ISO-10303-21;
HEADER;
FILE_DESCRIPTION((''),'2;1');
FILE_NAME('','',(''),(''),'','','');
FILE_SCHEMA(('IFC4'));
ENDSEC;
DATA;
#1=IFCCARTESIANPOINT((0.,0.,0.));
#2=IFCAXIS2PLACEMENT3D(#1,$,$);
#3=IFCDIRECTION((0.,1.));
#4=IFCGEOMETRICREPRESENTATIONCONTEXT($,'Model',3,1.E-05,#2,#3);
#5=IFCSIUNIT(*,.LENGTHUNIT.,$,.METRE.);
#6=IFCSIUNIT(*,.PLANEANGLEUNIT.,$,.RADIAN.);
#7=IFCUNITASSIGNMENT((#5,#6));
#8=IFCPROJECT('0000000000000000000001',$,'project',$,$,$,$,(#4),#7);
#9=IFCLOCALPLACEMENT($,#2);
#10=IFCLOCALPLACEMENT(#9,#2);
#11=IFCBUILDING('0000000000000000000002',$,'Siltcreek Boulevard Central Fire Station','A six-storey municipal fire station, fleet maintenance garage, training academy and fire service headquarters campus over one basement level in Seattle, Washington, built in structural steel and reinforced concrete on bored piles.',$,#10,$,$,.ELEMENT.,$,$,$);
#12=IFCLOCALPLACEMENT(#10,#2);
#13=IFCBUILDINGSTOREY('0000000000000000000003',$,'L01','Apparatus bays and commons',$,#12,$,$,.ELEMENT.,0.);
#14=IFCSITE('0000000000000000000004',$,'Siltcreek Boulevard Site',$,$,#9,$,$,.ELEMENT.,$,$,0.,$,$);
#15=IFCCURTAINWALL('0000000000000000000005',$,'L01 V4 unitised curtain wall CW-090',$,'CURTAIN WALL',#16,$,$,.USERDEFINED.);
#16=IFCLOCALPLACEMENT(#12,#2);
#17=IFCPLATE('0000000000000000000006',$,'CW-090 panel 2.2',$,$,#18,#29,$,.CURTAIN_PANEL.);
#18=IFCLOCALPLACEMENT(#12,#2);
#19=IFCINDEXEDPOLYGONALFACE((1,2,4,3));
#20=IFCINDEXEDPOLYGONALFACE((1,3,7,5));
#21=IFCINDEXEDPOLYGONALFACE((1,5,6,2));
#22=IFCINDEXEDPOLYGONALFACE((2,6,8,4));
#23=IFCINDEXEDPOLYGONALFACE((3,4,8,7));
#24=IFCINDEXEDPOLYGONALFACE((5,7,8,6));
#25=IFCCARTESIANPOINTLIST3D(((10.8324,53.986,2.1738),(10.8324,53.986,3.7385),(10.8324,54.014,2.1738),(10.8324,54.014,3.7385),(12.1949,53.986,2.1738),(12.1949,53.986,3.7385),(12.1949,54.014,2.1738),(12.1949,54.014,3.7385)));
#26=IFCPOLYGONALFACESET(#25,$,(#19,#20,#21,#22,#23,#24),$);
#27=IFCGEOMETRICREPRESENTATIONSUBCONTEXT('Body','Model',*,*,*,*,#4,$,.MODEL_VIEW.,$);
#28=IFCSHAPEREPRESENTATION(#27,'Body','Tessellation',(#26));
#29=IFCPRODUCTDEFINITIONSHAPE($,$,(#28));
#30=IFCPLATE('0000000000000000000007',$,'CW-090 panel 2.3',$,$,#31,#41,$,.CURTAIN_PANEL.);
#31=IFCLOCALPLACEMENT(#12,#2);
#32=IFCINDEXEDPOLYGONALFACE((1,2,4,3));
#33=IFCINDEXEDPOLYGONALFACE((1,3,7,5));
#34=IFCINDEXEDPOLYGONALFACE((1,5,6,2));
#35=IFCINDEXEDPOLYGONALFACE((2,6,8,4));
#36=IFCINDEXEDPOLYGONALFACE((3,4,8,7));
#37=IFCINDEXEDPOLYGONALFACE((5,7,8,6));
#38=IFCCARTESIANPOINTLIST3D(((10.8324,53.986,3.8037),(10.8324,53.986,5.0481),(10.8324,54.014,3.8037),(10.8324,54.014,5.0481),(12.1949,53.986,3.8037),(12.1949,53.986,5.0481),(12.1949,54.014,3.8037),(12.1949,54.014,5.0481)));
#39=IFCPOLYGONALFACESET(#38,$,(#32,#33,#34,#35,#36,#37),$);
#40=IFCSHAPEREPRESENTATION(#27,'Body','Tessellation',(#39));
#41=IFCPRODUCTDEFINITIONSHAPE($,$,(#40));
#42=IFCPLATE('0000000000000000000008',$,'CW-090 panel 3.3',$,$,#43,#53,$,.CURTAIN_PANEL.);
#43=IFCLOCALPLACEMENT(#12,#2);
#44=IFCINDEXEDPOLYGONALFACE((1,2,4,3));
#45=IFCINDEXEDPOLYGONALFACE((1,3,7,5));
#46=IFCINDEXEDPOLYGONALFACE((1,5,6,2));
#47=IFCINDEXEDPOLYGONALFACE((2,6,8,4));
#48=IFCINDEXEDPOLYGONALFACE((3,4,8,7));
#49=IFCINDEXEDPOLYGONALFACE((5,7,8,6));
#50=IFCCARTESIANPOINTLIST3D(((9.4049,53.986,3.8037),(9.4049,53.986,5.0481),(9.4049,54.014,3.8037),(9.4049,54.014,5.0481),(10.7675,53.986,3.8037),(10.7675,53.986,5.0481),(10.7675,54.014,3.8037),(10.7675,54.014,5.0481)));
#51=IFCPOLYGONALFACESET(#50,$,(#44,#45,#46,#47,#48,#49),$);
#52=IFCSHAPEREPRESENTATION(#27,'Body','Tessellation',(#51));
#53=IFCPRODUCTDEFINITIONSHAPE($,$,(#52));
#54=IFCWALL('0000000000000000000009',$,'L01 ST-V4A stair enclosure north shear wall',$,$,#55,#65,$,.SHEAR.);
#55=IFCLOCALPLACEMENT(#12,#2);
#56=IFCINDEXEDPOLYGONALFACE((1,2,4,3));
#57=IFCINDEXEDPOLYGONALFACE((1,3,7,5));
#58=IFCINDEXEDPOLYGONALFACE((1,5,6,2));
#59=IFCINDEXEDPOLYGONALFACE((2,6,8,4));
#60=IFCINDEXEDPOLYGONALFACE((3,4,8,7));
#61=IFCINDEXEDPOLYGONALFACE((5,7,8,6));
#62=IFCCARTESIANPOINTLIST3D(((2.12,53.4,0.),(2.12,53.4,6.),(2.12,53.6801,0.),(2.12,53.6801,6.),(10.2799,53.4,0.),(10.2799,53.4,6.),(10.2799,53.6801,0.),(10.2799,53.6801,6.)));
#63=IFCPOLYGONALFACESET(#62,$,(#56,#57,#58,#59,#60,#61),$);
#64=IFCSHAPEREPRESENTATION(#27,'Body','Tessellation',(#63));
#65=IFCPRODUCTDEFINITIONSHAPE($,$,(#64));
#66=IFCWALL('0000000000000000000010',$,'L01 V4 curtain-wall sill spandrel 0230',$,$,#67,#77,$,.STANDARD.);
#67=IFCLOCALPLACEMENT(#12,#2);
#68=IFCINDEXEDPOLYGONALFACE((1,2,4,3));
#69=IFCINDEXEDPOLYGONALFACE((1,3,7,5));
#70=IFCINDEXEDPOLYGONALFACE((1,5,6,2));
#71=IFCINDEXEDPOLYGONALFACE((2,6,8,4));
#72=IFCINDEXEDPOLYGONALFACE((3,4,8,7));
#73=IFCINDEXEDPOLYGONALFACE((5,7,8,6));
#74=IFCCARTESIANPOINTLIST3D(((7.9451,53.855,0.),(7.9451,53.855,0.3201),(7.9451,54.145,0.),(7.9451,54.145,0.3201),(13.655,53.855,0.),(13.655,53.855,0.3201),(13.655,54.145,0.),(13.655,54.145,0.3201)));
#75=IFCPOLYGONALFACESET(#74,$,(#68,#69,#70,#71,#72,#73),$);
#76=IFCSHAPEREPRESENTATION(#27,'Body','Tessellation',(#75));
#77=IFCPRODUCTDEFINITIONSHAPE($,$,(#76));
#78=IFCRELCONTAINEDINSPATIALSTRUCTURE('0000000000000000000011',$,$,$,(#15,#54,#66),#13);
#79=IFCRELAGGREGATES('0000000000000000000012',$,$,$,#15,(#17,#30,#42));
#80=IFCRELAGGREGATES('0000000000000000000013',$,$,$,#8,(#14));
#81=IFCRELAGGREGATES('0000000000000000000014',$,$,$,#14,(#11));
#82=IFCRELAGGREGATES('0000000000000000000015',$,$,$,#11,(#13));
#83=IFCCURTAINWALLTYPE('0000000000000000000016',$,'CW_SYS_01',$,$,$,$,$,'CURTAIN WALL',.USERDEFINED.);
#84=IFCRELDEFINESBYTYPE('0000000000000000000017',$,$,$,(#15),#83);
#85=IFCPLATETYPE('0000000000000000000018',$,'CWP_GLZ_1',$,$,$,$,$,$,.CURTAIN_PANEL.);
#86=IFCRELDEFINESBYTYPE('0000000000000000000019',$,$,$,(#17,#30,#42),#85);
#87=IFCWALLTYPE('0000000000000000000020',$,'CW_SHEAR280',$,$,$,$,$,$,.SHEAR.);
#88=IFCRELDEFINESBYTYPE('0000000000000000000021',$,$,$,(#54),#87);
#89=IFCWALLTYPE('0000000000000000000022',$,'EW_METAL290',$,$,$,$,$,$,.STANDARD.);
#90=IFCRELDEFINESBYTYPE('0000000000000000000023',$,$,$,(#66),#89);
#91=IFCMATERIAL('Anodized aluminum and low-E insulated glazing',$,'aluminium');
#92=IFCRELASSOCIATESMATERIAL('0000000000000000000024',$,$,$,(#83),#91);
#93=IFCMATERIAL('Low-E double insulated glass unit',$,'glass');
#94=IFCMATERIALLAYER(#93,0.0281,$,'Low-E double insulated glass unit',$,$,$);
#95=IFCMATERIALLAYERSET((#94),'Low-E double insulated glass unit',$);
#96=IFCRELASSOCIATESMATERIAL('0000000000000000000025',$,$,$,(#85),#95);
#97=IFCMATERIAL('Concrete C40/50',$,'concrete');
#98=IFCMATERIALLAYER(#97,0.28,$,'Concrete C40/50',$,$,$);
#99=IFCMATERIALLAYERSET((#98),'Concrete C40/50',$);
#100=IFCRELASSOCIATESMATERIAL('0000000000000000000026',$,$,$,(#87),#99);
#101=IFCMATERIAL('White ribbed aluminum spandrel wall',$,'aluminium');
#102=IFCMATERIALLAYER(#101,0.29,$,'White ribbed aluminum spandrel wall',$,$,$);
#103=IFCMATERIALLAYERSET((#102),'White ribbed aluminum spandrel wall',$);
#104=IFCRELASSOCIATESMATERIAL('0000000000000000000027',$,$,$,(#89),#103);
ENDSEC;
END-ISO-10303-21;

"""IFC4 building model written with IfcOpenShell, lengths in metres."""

from ifc_helpers import new_model, si_unit, direction, frame, frame_2d, origin, origin_2d, place, context, subcontext, project, spatial, rectangle, extrude, material, layer, layer_set, type_object, element, aggregate, save


model = new_model("IFC4")

# Units and contexts
model_context = context("Model", 3, precision=1e-05, world=origin(), true_north=direction((0.0, 1.0)))
body_context = subcontext(model_context, "Body", "Model", "MODEL_VIEW")
ifc_project = project(units=[si_unit("LENGTHUNIT", "METRE"), si_unit("PLANEANGLEUNIT", "RADIAN")], contexts=[model_context])

# Site, building, storey
site_placement = place(None, origin())
site = spatial("IfcSite", under=ifc_project, at=site_placement, Name="Siltcreek Boulevard Site", CompositionType="ELEMENT", RefElevation=0.0)
building_placement = place(site_placement, origin())
building = spatial("IfcBuilding", under=site, at=building_placement, Name="Siltcreek Boulevard Central Fire Station", Description="A six-storey municipal fire station, fleet maintenance garage, training academy and fire service headquarters campus over one basement level in Seattle, Washington, built in structural steel and reinforced concrete on bored piles.", CompositionType="ELEMENT")
storey_placement = place(building_placement, origin())
storey = spatial("IfcBuildingStorey", under=building, at=storey_placement, Name="L01", Description="Apparatus bays and commons", CompositionType="ELEMENT", Elevation=0.0)

# Shared definitions
ifc_material_1 = material(Name="Anodized aluminum and low-E insulated glazing", Category="aluminium")

# Curtain wall, plates
curtain_wall_type_1 = type_object("IfcCurtainWallType", Name="CW_SYS_01", ElementType="CURTAIN WALL", PredefinedType="USERDEFINED", material=ifc_material_1)
curtain_wall_1_placement = place(storey_placement, origin())
curtain_wall_1 = element("IfcCurtainWall", 1, at=curtain_wall_1_placement, inside=storey, type_object=curtain_wall_type_1, Name="L01 V4 unitised curtain wall CW-090", ObjectType="CURTAIN WALL", PredefinedType="USERDEFINED")
ifc_material_2 = material(Name="Low-E double insulated glass unit", Category="glass")
ifc_layer_1 = layer(ifc_material_2, 0.0281, Name="Low-E double insulated glass unit")
ifc_layer_set_1 = layer_set([ifc_layer_1], Name="Low-E double insulated glass unit")
plate_type = type_object("IfcPlateType", Name="CWP_GLZ_1", PredefinedType="CURTAIN_PANEL", material=ifc_layer_set_1)
plate_1_placement = place(storey_placement, frame((11.5137, 54.0, 2.1738), z_axis=(0.0, 0.0, 1.0), x_axis=(-1.0, 0.0, 0.0)))
plate_1 = element("IfcPlate", 2, at=plate_1_placement, type_object=plate_type, Name="CW-090 panel 2.2", PredefinedType="CURTAIN_PANEL", context=body_context, shape_type="SweptSolid", body=[
    extrude(rectangle(XDim=1.3625, YDim=0.0281, at=origin_2d()), origin(), (0.0, 0.0, 1.0), 1.5647),
])
plate_2_placement = place(storey_placement, frame((11.5137, 54.0, 3.8037), z_axis=(0.0, 0.0, 1.0), x_axis=(-1.0, 0.0, 0.0)))
plate_2 = element("IfcPlate", 3, at=plate_2_placement, type_object=plate_type, Name="CW-090 panel 2.3", PredefinedType="CURTAIN_PANEL", context=body_context, shape_type="SweptSolid", body=[
    extrude(rectangle(XDim=1.3625, YDim=0.0281, at=origin_2d()), origin(), (0.0, 0.0, 1.0), 1.2444),
])
plate_3_placement = place(storey_placement, frame((10.0862, 54.0, 3.8037), z_axis=(0.0, 0.0, 1.0), x_axis=(-1.0, 0.0, 0.0)))
plate_3 = element("IfcPlate", 4, at=plate_3_placement, type_object=plate_type, Name="CW-090 panel 3.3", PredefinedType="CURTAIN_PANEL", context=body_context, shape_type="SweptSolid", body=[
    extrude(rectangle(XDim=1.3625, YDim=0.0281, at=origin_2d()), origin(), (0.0, 0.0, 1.0), 1.2444),
])
aggregate(curtain_wall_1, [plate_1, plate_2, plate_3])

# Walls
ifc_material_3 = material(Name="Concrete C40/50", Category="concrete")
ifc_layer_2 = layer(ifc_material_3, 0.28, Name="Concrete C40/50")
ifc_layer_set_2 = layer_set([ifc_layer_2], Name="Concrete C40/50")
wall_type_1 = type_object("IfcWallType", Name="CW_SHEAR280", PredefinedType="SHEAR", material=ifc_layer_set_2)
wall_1_placement = place(storey_placement, frame((10.28, 53.54, 0.0), z_axis=(0.0, 0.0, 1.0), x_axis=(-1.0, 0.0, 0.0)))
element("IfcWall", 5, at=wall_1_placement, inside=storey, type_object=wall_type_1, Name="L01 ST-V4A stair enclosure north shear wall", PredefinedType="SHEAR", context=body_context, shape_type="SweptSolid", body=[
    extrude(rectangle(XDim=8.1599, YDim=0.28, at=frame_2d((4.0801, 0.0))), origin(), (0.0, 0.0, 1.0), 6.0),
])
ifc_material_4 = material(Name="White ribbed aluminum spandrel wall", Category="aluminium")
ifc_layer_3 = layer(ifc_material_4, 0.29, Name="White ribbed aluminum spandrel wall")
ifc_layer_set_3 = layer_set([ifc_layer_3], Name="White ribbed aluminum spandrel wall")
wall_type_2 = type_object("IfcWallType", Name="EW_METAL290", PredefinedType="STANDARD", material=ifc_layer_set_3)
wall_2_placement = place(storey_placement, frame((13.655, 54.0, 0.0), z_axis=(0.0, 0.0, 1.0), x_axis=(-1.0, 0.0, 0.0)))
element("IfcWall", 6, at=wall_2_placement, inside=storey, type_object=wall_type_2, Name="L01 V4 curtain-wall sill spandrel 0230", PredefinedType="STANDARD", context=body_context, shape_type="SweptSolid", body=[
    extrude(rectangle(XDim=5.71, YDim=0.29, at=frame_2d((2.855, 0.0))), origin(), (0.0, 0.0, 1.0), 0.3201),
])

save(model, "model.ifc")
